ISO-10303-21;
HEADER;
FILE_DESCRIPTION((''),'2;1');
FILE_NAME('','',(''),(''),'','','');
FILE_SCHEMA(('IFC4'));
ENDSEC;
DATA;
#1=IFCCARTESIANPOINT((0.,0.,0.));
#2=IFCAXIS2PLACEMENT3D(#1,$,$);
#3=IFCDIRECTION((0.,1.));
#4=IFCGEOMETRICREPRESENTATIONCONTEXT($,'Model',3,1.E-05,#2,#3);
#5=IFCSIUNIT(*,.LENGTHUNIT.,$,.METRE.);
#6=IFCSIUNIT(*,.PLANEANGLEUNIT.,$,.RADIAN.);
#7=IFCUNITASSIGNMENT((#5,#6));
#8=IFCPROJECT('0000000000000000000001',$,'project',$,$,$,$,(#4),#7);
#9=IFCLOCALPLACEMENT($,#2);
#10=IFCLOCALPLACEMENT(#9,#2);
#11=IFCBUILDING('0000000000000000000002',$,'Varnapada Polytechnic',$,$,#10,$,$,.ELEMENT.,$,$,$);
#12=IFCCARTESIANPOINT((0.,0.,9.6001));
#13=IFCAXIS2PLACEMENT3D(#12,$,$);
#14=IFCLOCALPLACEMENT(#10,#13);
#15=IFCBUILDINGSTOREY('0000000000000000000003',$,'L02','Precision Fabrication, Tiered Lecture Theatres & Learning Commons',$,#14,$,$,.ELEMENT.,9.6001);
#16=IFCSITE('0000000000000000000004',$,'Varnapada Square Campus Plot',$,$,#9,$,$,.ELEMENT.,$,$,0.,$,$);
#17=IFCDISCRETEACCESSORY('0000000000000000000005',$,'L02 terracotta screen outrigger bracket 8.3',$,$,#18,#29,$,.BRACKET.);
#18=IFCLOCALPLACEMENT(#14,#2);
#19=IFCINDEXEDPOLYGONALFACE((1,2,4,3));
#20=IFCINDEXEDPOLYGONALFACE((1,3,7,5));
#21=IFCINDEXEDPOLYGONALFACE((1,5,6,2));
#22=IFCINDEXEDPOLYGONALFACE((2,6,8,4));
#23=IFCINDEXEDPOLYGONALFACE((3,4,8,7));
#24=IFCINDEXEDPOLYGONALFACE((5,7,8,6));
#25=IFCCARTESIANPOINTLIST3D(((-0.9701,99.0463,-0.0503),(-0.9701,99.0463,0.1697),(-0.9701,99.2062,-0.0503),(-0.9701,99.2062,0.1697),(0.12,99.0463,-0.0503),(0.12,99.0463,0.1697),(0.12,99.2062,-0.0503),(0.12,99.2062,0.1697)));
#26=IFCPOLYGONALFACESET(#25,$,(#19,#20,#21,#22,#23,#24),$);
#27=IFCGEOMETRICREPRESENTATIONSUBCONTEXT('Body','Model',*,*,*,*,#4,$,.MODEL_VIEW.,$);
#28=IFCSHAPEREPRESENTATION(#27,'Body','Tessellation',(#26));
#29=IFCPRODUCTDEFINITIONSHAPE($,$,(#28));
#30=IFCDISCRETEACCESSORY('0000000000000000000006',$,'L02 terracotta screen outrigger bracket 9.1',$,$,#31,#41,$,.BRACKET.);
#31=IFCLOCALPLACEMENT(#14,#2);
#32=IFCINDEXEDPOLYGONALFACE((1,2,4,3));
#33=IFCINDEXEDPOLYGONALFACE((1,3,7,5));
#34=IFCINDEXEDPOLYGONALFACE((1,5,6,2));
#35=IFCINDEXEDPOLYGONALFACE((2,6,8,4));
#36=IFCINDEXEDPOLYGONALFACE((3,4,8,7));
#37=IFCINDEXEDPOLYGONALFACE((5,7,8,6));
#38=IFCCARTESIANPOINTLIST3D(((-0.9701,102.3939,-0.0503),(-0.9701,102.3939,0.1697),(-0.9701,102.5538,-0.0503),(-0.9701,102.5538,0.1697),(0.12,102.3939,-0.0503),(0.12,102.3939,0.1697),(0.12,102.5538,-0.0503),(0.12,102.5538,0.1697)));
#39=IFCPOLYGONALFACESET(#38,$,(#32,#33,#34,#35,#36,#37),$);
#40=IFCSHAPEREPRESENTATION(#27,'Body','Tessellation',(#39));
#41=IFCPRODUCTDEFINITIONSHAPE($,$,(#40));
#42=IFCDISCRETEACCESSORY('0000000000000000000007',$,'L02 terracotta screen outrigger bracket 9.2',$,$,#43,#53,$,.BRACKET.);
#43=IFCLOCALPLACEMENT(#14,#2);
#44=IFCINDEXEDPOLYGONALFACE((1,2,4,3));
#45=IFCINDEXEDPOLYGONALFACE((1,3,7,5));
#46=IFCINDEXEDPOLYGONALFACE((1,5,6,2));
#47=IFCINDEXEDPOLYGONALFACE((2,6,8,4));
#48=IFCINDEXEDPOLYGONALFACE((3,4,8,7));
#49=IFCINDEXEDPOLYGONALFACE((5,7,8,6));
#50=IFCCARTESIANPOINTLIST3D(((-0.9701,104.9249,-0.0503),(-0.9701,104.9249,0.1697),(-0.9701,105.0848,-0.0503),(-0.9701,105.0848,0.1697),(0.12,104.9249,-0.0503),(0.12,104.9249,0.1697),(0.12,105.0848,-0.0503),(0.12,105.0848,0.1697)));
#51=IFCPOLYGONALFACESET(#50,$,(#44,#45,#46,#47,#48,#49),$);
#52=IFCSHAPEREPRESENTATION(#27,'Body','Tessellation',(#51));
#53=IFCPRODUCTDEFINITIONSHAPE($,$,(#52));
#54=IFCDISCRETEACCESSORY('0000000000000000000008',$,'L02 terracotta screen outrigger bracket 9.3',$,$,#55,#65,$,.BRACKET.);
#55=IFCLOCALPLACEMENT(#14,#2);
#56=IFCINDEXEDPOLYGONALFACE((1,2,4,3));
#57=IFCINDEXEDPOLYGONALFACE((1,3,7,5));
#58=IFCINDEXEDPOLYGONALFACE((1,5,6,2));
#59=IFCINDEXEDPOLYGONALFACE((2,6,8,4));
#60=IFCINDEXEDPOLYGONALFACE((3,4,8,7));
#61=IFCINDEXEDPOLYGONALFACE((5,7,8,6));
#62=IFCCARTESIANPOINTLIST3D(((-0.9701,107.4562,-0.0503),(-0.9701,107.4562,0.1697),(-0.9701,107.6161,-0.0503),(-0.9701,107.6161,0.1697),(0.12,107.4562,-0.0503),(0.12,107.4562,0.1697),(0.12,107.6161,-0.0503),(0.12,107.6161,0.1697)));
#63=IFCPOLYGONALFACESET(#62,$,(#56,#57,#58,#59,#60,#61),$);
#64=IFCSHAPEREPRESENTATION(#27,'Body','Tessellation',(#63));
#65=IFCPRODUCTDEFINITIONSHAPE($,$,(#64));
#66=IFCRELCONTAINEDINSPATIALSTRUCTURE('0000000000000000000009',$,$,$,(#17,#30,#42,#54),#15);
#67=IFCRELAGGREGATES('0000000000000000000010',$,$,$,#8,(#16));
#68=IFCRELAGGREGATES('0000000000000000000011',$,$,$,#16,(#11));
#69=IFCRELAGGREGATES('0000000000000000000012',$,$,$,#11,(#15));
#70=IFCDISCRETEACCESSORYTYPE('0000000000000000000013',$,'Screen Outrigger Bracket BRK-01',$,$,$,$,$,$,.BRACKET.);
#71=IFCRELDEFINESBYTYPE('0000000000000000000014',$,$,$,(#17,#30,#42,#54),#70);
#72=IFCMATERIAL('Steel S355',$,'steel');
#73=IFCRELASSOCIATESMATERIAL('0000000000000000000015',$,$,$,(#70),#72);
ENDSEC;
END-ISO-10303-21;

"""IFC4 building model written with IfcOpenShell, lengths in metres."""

from ifc_helpers import new_model, si_unit, direction, frame, origin, origin_2d, place, context, subcontext, project, spatial, rectangle, extrude, material, type_object, element, save


model = new_model("IFC4")

# Units and contexts
model_context = context("Model", 3, precision=1e-05, world=origin(), true_north=direction((0.0, 1.0)))
body_context = subcontext(model_context, "Body", "Model", "MODEL_VIEW")
ifc_project = project(units=[si_unit("LENGTHUNIT", "METRE"), si_unit("PLANEANGLEUNIT", "RADIAN")], contexts=[model_context])

# Site, building, storey
site_placement = place(None, origin())
site = spatial("IfcSite", under=ifc_project, at=site_placement, Name="Varnapada Square Campus Plot", CompositionType="ELEMENT", RefElevation=0.0)
building_placement = place(site_placement, origin())
building = spatial("IfcBuilding", under=site, at=building_placement, Name="Varnapada Polytechnic", CompositionType="ELEMENT")
storey_placement = place(building_placement, frame((0.0, 0.0, 9.6001)))
storey = spatial("IfcBuildingStorey", under=building, at=storey_placement, Name="L02", Description="Precision Fabrication, Tiered Lecture Theatres & Learning Commons", CompositionType="ELEMENT", Elevation=9.6001)

# Discrete accessories
ifc_material_1 = material(Name="Steel S355", Category="steel")
discrete_accessory_type = type_object("IfcDiscreteAccessoryType", Name="Screen Outrigger Bracket BRK-01", PredefinedType="BRACKET", material=ifc_material_1)
for number, where, z_axis, x_axis, name in (
    (1, (-0.425, 99.1262, -0.0503), (0.0, 0.0, 1.0), (0.0, 1.0, 0.0), "L02 terracotta screen outrigger bracket 8.3"),
    (2, (-0.425, 102.4739, -0.0503), (0.0, 0.0, 1.0), (0.0, 1.0, 0.0), "L02 terracotta screen outrigger bracket 9.1"),
    (3, (-0.425, 105.0049, -0.0503), (0.0, 0.0, 1.0), (0.0, 1.0, 0.0), "L02 terracotta screen outrigger bracket 9.2"),
    (4, (-0.425, 107.5361, -0.0503), (0.0, 0.0, 1.0), (0.0, 1.0, 0.0), "L02 terracotta screen outrigger bracket 9.3"),
):
    element("IfcDiscreteAccessory", number, at=place(storey_placement, frame(where, z_axis=z_axis, x_axis=x_axis)), inside=storey, type_object=discrete_accessory_type, Name=name, PredefinedType="BRACKET", context=body_context, shape_type="SweptSolid", body=[
        extrude(rectangle(XDim=0.1599, YDim=1.0901, at=origin_2d()), origin(), (0.0, 0.0, 1.0), 0.22),
    ])

save(model, "model.ifc")
